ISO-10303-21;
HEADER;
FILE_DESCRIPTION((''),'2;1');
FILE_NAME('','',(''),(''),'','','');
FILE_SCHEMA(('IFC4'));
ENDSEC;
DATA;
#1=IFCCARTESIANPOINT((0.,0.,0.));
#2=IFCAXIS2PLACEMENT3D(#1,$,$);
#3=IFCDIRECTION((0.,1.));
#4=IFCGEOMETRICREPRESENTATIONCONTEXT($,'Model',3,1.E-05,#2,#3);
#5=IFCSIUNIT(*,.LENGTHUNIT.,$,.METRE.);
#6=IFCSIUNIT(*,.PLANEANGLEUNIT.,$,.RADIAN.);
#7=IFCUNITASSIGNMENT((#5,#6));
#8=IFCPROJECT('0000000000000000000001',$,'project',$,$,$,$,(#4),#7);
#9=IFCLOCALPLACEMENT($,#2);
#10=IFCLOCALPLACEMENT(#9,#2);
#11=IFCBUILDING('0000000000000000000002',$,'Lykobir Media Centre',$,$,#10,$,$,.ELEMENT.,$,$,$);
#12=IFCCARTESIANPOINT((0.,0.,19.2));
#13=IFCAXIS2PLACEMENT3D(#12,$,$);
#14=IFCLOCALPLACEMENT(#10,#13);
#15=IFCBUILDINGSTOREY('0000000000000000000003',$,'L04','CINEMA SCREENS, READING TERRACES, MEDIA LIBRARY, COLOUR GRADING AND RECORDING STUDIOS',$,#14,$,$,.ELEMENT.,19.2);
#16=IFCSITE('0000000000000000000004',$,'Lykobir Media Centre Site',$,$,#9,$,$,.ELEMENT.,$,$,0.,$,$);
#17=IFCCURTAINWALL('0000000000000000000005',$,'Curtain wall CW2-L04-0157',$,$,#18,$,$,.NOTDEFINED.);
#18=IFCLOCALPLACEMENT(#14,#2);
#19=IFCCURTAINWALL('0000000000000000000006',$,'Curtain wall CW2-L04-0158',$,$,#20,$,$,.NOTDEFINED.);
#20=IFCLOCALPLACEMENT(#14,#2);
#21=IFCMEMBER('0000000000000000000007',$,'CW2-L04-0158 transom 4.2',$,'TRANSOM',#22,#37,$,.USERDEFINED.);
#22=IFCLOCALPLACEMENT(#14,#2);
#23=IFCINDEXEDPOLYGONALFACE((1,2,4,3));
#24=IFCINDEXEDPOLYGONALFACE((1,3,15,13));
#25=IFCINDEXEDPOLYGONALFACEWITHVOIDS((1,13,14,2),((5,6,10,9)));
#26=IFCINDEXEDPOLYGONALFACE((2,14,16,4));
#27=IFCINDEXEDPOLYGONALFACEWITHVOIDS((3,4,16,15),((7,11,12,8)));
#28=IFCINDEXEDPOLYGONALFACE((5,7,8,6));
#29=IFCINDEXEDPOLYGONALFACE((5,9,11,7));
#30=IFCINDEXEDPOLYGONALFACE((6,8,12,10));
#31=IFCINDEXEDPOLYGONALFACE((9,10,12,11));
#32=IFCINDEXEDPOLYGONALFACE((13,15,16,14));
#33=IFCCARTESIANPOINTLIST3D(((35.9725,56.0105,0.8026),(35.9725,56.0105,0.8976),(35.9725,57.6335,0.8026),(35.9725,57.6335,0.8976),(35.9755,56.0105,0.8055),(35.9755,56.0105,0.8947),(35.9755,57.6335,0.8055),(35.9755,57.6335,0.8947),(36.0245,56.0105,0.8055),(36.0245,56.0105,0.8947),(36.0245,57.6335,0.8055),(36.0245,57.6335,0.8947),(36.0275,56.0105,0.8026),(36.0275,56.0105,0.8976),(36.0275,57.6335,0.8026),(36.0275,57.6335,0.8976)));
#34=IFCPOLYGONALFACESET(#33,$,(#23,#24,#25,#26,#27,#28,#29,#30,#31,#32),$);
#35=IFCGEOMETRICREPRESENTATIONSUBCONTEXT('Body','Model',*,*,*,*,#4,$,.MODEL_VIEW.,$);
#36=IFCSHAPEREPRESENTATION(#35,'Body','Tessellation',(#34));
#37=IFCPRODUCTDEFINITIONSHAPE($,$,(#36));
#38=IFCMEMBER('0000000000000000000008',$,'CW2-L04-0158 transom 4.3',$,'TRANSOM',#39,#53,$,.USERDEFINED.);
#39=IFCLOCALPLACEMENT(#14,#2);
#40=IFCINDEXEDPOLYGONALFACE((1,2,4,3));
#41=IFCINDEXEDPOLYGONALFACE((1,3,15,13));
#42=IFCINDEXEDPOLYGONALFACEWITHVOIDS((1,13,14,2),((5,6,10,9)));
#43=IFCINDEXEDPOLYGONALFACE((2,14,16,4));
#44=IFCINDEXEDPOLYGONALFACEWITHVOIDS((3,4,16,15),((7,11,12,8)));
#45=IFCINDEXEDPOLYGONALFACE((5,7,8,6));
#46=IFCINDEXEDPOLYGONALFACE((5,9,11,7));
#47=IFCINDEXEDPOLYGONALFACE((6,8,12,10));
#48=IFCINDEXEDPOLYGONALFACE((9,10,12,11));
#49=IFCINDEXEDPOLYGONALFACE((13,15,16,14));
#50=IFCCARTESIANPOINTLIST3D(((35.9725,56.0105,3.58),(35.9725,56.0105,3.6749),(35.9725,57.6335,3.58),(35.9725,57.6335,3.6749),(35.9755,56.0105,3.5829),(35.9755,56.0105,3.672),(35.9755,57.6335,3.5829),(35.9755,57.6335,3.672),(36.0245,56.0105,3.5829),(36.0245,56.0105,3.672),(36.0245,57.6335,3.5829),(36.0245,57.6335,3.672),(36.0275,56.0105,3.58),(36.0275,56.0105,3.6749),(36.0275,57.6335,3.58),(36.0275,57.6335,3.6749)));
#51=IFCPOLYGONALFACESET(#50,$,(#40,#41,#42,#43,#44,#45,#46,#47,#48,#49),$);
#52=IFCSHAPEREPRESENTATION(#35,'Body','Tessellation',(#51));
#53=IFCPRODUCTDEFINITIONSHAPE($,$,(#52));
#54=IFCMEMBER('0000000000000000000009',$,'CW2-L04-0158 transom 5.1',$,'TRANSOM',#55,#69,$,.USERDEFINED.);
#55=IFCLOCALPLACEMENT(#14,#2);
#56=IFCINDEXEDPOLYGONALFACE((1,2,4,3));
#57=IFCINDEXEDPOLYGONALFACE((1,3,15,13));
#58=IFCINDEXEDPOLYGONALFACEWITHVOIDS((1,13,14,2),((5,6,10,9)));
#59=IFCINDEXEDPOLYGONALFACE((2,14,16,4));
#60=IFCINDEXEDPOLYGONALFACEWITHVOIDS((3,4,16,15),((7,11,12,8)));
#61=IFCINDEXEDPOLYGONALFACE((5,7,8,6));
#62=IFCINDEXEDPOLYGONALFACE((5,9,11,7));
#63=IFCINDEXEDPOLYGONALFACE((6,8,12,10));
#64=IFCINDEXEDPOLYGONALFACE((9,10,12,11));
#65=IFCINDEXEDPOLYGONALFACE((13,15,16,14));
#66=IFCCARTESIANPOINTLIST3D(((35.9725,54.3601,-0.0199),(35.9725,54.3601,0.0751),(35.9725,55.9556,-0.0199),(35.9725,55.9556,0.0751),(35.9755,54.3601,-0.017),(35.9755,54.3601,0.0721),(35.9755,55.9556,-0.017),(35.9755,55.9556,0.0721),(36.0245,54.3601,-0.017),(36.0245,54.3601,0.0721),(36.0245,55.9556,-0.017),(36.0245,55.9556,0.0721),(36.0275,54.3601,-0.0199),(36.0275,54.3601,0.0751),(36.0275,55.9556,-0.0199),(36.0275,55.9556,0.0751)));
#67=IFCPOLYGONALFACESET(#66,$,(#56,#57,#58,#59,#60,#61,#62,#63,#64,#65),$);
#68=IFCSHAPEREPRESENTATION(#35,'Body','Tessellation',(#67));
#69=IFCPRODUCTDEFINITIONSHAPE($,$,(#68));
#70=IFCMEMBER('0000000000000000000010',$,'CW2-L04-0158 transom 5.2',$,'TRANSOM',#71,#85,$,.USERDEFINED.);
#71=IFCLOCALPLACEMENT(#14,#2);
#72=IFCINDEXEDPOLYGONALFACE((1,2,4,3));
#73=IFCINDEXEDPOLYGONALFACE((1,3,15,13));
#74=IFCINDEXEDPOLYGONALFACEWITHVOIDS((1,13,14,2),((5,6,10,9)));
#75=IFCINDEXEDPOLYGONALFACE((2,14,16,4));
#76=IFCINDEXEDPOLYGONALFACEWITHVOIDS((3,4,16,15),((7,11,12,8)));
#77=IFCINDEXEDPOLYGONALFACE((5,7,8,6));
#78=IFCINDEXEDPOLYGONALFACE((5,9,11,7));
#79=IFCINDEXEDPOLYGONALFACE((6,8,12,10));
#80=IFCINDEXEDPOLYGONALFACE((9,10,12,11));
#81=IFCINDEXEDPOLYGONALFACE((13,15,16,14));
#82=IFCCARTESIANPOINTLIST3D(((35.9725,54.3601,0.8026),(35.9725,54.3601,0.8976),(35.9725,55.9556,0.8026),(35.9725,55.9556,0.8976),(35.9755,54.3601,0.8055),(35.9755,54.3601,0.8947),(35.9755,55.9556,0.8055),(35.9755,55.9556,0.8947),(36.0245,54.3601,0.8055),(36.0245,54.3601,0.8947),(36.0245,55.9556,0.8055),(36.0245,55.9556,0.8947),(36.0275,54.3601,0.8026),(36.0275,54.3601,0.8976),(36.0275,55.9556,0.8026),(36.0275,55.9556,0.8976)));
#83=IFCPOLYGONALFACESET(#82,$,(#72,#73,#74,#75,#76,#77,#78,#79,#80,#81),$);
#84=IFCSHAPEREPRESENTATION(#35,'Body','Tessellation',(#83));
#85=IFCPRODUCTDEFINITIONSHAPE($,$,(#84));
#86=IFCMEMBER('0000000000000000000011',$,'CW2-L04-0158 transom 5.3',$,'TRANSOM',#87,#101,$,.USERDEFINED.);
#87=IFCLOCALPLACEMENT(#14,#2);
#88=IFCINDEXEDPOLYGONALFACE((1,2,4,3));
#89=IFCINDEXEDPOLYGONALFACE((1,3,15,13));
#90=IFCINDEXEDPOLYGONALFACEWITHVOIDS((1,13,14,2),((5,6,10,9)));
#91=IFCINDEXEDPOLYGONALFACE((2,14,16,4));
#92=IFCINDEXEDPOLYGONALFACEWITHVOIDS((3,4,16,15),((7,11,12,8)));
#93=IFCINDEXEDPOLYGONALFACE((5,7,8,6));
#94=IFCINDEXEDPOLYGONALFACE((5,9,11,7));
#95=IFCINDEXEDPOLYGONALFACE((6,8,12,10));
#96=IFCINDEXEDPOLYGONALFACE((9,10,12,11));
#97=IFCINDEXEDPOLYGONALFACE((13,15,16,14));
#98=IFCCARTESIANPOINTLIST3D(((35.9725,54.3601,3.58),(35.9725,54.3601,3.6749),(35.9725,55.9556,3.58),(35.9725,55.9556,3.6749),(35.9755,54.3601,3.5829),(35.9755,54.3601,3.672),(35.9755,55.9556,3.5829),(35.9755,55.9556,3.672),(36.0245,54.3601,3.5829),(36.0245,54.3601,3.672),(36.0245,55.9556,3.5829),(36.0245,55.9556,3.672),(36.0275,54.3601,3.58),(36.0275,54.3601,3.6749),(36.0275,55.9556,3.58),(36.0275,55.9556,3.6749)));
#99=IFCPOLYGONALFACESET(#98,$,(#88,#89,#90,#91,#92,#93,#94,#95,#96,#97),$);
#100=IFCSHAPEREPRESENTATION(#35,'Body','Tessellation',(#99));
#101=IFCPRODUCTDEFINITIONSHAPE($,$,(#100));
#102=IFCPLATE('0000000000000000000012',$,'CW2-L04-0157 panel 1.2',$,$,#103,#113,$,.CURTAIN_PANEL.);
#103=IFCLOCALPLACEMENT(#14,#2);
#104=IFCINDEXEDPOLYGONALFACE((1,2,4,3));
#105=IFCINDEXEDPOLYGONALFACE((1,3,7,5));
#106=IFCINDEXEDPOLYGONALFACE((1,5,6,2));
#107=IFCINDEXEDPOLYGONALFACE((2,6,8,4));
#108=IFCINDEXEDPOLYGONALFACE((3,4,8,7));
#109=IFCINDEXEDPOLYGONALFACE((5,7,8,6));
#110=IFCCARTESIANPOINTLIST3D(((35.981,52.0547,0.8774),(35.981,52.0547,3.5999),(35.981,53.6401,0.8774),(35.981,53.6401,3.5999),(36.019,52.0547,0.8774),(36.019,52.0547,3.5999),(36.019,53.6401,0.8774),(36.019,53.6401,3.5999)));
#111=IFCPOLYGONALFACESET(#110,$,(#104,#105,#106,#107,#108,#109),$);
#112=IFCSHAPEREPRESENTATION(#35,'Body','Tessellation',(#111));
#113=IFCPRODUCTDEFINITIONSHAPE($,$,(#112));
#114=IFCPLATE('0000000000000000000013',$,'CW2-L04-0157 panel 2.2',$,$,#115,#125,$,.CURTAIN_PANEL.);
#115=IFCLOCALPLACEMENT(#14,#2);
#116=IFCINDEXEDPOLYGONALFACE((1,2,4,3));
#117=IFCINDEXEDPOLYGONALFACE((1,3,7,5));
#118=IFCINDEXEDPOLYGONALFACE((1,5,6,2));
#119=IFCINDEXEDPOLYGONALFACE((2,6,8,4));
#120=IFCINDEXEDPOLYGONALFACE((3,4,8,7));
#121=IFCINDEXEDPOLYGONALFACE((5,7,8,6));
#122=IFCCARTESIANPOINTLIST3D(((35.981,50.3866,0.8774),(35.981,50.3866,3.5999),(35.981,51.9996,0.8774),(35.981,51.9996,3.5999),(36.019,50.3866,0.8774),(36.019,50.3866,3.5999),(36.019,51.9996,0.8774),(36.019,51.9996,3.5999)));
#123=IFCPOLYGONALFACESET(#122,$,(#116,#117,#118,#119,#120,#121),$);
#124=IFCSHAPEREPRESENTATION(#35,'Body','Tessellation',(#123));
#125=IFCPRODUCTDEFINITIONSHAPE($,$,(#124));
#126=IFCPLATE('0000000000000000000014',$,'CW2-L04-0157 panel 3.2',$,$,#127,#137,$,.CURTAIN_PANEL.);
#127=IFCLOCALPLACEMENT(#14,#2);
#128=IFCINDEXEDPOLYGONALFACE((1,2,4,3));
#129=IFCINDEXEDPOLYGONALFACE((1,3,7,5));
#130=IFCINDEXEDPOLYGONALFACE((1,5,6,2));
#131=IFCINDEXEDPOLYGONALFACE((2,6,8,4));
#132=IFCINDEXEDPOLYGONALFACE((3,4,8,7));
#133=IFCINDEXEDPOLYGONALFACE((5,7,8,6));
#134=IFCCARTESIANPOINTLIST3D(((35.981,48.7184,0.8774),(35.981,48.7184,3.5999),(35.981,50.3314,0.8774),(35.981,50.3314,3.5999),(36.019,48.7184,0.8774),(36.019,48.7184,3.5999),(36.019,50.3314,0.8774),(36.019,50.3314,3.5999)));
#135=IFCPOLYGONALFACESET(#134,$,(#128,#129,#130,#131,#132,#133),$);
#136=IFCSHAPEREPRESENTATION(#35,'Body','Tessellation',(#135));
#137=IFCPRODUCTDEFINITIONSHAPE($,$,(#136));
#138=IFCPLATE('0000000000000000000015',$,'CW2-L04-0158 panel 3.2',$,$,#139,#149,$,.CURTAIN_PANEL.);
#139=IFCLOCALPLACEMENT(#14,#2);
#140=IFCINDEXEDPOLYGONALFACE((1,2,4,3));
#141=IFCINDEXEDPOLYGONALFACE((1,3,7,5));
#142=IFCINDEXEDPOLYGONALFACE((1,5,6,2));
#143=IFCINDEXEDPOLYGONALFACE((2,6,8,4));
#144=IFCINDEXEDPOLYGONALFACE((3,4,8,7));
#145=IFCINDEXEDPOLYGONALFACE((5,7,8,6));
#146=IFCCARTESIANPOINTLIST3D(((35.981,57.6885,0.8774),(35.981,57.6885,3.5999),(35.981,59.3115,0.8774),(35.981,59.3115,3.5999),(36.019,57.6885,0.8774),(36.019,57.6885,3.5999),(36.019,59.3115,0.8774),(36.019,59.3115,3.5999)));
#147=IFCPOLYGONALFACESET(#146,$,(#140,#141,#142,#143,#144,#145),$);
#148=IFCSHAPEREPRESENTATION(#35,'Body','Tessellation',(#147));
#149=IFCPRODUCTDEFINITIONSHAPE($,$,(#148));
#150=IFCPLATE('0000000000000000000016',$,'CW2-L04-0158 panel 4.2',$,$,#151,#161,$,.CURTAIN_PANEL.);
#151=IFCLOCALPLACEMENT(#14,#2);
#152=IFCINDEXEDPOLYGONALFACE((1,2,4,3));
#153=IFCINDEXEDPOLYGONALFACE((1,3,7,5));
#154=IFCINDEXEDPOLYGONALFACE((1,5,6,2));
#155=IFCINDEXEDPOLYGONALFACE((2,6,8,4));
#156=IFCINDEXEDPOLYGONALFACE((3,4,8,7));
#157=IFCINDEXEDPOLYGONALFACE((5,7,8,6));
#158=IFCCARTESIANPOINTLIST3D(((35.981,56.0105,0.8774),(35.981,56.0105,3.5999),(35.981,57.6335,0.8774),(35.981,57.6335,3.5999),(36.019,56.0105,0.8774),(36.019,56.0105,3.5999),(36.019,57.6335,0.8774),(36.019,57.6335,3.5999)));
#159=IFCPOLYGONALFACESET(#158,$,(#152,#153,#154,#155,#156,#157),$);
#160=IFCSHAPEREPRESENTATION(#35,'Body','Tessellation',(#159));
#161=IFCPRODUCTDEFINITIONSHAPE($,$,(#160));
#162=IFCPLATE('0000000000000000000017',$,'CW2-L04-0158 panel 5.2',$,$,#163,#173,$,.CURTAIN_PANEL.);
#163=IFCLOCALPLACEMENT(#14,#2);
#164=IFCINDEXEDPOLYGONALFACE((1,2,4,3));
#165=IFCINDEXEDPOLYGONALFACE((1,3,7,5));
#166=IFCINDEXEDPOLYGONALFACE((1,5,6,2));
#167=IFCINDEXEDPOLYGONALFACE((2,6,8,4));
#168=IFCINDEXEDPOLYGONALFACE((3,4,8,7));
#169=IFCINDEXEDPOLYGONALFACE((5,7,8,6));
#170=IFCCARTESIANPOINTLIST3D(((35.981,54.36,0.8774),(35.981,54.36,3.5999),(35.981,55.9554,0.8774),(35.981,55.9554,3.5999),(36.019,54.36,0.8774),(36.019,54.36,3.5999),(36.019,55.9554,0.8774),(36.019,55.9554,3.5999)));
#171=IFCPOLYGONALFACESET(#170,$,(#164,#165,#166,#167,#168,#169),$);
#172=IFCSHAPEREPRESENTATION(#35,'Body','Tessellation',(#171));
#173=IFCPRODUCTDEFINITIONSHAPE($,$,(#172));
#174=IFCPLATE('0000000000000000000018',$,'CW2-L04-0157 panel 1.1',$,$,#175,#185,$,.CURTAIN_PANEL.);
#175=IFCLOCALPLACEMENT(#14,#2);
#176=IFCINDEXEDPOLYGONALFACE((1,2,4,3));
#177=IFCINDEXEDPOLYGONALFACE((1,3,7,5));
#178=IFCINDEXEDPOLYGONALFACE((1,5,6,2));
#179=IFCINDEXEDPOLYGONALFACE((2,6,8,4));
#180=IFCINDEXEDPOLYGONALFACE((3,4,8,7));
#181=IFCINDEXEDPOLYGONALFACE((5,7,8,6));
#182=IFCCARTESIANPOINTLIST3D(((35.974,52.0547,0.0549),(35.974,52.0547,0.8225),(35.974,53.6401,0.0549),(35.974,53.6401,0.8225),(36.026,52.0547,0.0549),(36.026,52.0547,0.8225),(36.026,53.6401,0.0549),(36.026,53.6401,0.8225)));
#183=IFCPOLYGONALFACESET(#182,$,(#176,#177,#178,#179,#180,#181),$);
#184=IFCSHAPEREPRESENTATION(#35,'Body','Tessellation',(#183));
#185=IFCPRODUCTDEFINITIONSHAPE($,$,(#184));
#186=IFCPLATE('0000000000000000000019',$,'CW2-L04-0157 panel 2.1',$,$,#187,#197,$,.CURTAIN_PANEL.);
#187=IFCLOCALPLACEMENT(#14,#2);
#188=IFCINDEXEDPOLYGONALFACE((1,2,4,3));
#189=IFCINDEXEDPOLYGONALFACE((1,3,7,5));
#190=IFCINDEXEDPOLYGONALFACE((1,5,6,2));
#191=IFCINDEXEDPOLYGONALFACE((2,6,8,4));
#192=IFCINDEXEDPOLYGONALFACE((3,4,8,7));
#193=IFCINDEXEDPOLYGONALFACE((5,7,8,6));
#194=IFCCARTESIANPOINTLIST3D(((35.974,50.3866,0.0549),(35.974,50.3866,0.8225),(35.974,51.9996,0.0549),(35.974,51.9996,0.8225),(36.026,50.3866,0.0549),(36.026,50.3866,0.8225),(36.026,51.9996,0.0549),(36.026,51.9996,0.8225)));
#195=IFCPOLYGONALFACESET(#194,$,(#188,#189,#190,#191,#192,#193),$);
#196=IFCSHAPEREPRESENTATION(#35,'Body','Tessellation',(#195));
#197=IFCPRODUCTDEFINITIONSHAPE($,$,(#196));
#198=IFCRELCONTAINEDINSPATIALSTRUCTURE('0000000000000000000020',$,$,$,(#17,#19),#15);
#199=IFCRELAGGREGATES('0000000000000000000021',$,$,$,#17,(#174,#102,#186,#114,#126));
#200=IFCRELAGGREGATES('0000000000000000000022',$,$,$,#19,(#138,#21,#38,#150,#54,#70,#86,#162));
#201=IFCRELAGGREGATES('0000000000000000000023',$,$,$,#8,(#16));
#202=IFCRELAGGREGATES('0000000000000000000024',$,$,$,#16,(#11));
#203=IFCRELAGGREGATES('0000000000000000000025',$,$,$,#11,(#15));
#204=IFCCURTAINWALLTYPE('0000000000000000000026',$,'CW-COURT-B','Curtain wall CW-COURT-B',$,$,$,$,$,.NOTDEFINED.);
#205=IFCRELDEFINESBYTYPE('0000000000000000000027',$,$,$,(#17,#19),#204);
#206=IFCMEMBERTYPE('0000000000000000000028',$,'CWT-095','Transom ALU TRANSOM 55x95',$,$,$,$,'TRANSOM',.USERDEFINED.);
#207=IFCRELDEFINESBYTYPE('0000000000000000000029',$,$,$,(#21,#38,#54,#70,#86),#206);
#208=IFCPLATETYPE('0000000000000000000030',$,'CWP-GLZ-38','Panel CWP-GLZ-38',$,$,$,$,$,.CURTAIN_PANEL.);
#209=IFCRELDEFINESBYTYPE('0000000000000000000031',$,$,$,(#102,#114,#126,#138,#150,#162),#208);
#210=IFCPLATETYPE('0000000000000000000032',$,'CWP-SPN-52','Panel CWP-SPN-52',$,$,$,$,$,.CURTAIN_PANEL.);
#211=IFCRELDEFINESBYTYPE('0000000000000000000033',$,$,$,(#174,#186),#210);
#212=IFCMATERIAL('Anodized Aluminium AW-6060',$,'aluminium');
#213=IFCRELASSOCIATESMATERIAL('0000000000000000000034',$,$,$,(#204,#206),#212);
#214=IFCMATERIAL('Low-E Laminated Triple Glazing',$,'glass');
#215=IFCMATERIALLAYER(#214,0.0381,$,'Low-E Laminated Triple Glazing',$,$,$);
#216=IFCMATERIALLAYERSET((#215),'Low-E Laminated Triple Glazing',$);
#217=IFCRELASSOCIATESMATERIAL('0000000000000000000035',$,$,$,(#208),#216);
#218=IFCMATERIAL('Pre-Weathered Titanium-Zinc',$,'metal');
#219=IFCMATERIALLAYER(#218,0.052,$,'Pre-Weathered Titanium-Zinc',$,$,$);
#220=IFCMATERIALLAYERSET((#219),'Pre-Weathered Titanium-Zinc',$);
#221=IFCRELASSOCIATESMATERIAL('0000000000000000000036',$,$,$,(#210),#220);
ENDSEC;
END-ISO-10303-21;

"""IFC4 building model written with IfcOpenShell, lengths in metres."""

from ifc_helpers import new_model, si_unit, direction, frame, origin, origin_2d, place, context, subcontext, project, spatial, rectangle, hollow_rectangle, extrude, material, layer, layer_set, material_profile, profile_set, type_object, element, aggregate, save


model = new_model("IFC4")

# Units and contexts
model_context = context("Model", 3, precision=1e-05, world=origin(), true_north=direction((0.0, 1.0)))
body_context = subcontext(model_context, "Body", "Model", "MODEL_VIEW")
ifc_project = project(units=[si_unit("LENGTHUNIT", "METRE"), si_unit("PLANEANGLEUNIT", "RADIAN")], contexts=[model_context])

# Site, building, storey
site_placement = place(None, origin())
site = spatial("IfcSite", under=ifc_project, at=site_placement, Name="Lykobir Media Centre Site", CompositionType="ELEMENT", RefElevation=0.0)
building_placement = place(site_placement, origin())
building = spatial("IfcBuilding", under=site, at=building_placement, Name="Lykobir Media Centre", CompositionType="ELEMENT")
storey_placement = place(building_placement, frame((0.0, 0.0, 19.2)))
storey = spatial("IfcBuildingStorey", under=building, at=storey_placement, Name="L04", Description="CINEMA SCREENS, READING TERRACES, MEDIA LIBRARY, COLOUR GRADING AND RECORDING STUDIOS", CompositionType="ELEMENT", Elevation=19.2)

# Curtain walls
ifc_material_1 = material(Name="Anodized Aluminium AW-6060", Category="aluminium")
curtain_wall_type = type_object("IfcCurtainWallType", Name="CW-COURT-B", Description="Curtain wall CW-COURT-B", PredefinedType="NOTDEFINED", material=ifc_material_1)
curtain_wall_1_placement = place(storey_placement, origin())
curtain_wall_1 = element("IfcCurtainWall", 1, at=curtain_wall_1_placement, inside=storey, type_object=curtain_wall_type, Name="Curtain wall CW2-L04-0157", PredefinedType="NOTDEFINED")
curtain_wall_2_placement = place(storey_placement, origin())
curtain_wall_2 = element("IfcCurtainWall", 2, at=curtain_wall_2_placement, inside=storey, type_object=curtain_wall_type, Name="Curtain wall CW2-L04-0158", PredefinedType="NOTDEFINED")

# Members
ifc_material_profile_1 = material_profile(ifc_material_1, hollow_rectangle(XDim=0.0549, YDim=0.095, WallThickness=0.0029, at=origin_2d()), Name="ALU TRANSOM 55x95")
ifc_profile_set_1 = profile_set([ifc_material_profile_1], Name="Anodized Aluminium AW-6060")
member_type_1 = type_object("IfcMemberType", Name="CWT-095", Description="Transom ALU TRANSOM 55x95", ElementType="TRANSOM", PredefinedType="USERDEFINED", material=ifc_profile_set_1)
member_1_placement = place(storey_placement, frame((36.0, 57.6335, 0.8501), z_axis=(0.0, -1.0, 0.0), x_axis=(1.0, 0.0, 0.0)))
member_1 = element("IfcMember", 3, at=member_1_placement, type_object=member_type_1, Name="CW2-L04-0158 transom 4.2", ObjectType="TRANSOM", PredefinedType="USERDEFINED", context=body_context, shape_type="SweptSolid", body=[
    extrude(hollow_rectangle(XDim=0.0549, YDim=0.095, WallThickness=0.0029, at=origin_2d()), origin(), (0.0, 0.0, 1.0), 1.623),
])
member_2_placement = place(storey_placement, frame((36.0, 57.6335, 3.6274), z_axis=(0.0, -1.0, 0.0), x_axis=(1.0, 0.0, 0.0)))
member_2 = element("IfcMember", 4, at=member_2_placement, type_object=member_type_1, Name="CW2-L04-0158 transom 4.3", ObjectType="TRANSOM", PredefinedType="USERDEFINED", context=body_context, shape_type="SweptSolid", body=[
    extrude(hollow_rectangle(XDim=0.0549, YDim=0.095, WallThickness=0.0029, at=origin_2d()), origin(), (0.0, 0.0, 1.0), 1.623),
])
member_3_placement = place(storey_placement, frame((36.0, 55.9556, 0.0276), z_axis=(0.0, -1.0, 0.0), x_axis=(1.0, 0.0, 0.0)))
member_3 = element("IfcMember", 5, at=member_3_placement, type_object=member_type_1, Name="CW2-L04-0158 transom 5.1", ObjectType="TRANSOM", PredefinedType="USERDEFINED", context=body_context, shape_type="SweptSolid", body=[
    extrude(hollow_rectangle(XDim=0.0549, YDim=0.095, WallThickness=0.0029, at=origin_2d()), origin(), (0.0, 0.0, 1.0), 1.5955),
])
member_4_placement = place(storey_placement, frame((36.0, 55.9556, 0.8501), z_axis=(0.0, -1.0, 0.0), x_axis=(1.0, 0.0, 0.0)))
member_4 = element("IfcMember", 6, at=member_4_placement, type_object=member_type_1, Name="CW2-L04-0158 transom 5.2", ObjectType="TRANSOM", PredefinedType="USERDEFINED", context=body_context, shape_type="SweptSolid", body=[
    extrude(hollow_rectangle(XDim=0.0549, YDim=0.095, WallThickness=0.0029, at=origin_2d()), origin(), (0.0, 0.0, 1.0), 1.5955),
])
member_5_placement = place(storey_placement, frame((36.0, 55.9556, 3.6274), z_axis=(0.0, -1.0, 0.0), x_axis=(1.0, 0.0, 0.0)))
member_5 = element("IfcMember", 7, at=member_5_placement, type_object=member_type_1, Name="CW2-L04-0158 transom 5.3", ObjectType="TRANSOM", PredefinedType="USERDEFINED", context=body_context, shape_type="SweptSolid", body=[
    extrude(hollow_rectangle(XDim=0.0549, YDim=0.095, WallThickness=0.0029, at=origin_2d()), origin(), (0.0, 0.0, 1.0), 1.5955),
])

# Plates
ifc_material_2 = material(Name="Low-E Laminated Triple Glazing", Category="glass")
ifc_layer_1 = layer(ifc_material_2, 0.0381, Name="Low-E Laminated Triple Glazing")
ifc_layer_set_1 = layer_set([ifc_layer_1], Name="Low-E Laminated Triple Glazing")
plate_type_1 = type_object("IfcPlateType", Name="CWP-GLZ-38", Description="Panel CWP-GLZ-38", PredefinedType="CURTAIN_PANEL", material=ifc_layer_set_1)
plate_1_placement = place(storey_placement, frame((36.0, 52.8474, 0.8774), z_axis=(0.0, 0.0, 1.0), x_axis=(0.0, -1.0, 0.0)))
plate_1 = element("IfcPlate", 8, at=plate_1_placement, type_object=plate_type_1, Name="CW2-L04-0157 panel 1.2", PredefinedType="CURTAIN_PANEL", context=body_context, shape_type="SweptSolid", body=[
    extrude(rectangle(XDim=1.5854, YDim=0.0381, at=origin_2d()), origin(), (0.0, 0.0, 1.0), 2.7224),
])
plate_2_placement = place(storey_placement, frame((36.0, 51.1931, 0.8774), z_axis=(0.0, 0.0, 1.0), x_axis=(0.0, -1.0, 0.0)))
plate_2 = element("IfcPlate", 9, at=plate_2_placement, type_object=plate_type_1, Name="CW2-L04-0157 panel 2.2", PredefinedType="CURTAIN_PANEL", context=body_context, shape_type="SweptSolid", body=[
    extrude(rectangle(XDim=1.613, YDim=0.0381, at=origin_2d()), origin(), (0.0, 0.0, 1.0), 2.7224),
])
plate_3_placement = place(storey_placement, frame((36.0, 49.5249, 0.8774), z_axis=(0.0, 0.0, 1.0), x_axis=(0.0, -1.0, 0.0)))
plate_3 = element("IfcPlate", 10, at=plate_3_placement, type_object=plate_type_1, Name="CW2-L04-0157 panel 3.2", PredefinedType="CURTAIN_PANEL", context=body_context, shape_type="SweptSolid", body=[
    extrude(rectangle(XDim=1.613, YDim=0.0381, at=origin_2d()), origin(), (0.0, 0.0, 1.0), 2.7224),
])
plate_4_placement = place(storey_placement, frame((36.0, 58.5, 0.8774), z_axis=(0.0, 0.0, 1.0), x_axis=(0.0, -1.0, 0.0)))
plate_4 = element("IfcPlate", 11, at=plate_4_placement, type_object=plate_type_1, Name="CW2-L04-0158 panel 3.2", PredefinedType="CURTAIN_PANEL", context=body_context, shape_type="SweptSolid", body=[
    extrude(rectangle(XDim=1.623, YDim=0.0381, at=origin_2d()), origin(), (0.0, 0.0, 1.0), 2.7224),
])
plate_5_placement = place(storey_placement, frame((36.0, 56.822, 0.8774), z_axis=(0.0, 0.0, 1.0), x_axis=(0.0, -1.0, 0.0)))
plate_5 = element("IfcPlate", 12, at=plate_5_placement, type_object=plate_type_1, Name="CW2-L04-0158 panel 4.2", PredefinedType="CURTAIN_PANEL", context=body_context, shape_type="SweptSolid", body=[
    extrude(rectangle(XDim=1.623, YDim=0.0381, at=origin_2d()), origin(), (0.0, 0.0, 1.0), 2.7224),
])
plate_6_placement = place(storey_placement, frame((36.0, 55.1577, 0.8774), z_axis=(0.0, 0.0, 1.0), x_axis=(0.0, -1.0, 0.0)))
plate_6 = element("IfcPlate", 13, at=plate_6_placement, type_object=plate_type_1, Name="CW2-L04-0158 panel 5.2", PredefinedType="CURTAIN_PANEL", context=body_context, shape_type="SweptSolid", body=[
    extrude(rectangle(XDim=1.5955, YDim=0.0381, at=origin_2d()), origin(), (0.0, 0.0, 1.0), 2.7224),
])
ifc_material_3 = material(Name="Pre-Weathered Titanium-Zinc", Category="metal")
ifc_layer_2 = layer(ifc_material_3, 0.052, Name="Pre-Weathered Titanium-Zinc")
ifc_layer_set_2 = layer_set([ifc_layer_2], Name="Pre-Weathered Titanium-Zinc")
plate_type_2 = type_object("IfcPlateType", Name="CWP-SPN-52", Description="Panel CWP-SPN-52", PredefinedType="CURTAIN_PANEL", material=ifc_layer_set_2)
plate_7_placement = place(storey_placement, frame((36.0, 52.8474, 0.0549), z_axis=(0.0, 0.0, 1.0), x_axis=(0.0, -1.0, 0.0)))
plate_7 = element("IfcPlate", 14, at=plate_7_placement, type_object=plate_type_2, Name="CW2-L04-0157 panel 1.1", PredefinedType="CURTAIN_PANEL", context=body_context, shape_type="SweptSolid", body=[
    extrude(rectangle(XDim=1.5854, YDim=0.052, at=origin_2d()), origin(), (0.0, 0.0, 1.0), 0.7676),
])
plate_8_placement = place(storey_placement, frame((36.0, 51.1931, 0.0549), z_axis=(0.0, 0.0, 1.0), x_axis=(0.0, -1.0, 0.0)))
plate_8 = element("IfcPlate", 15, at=plate_8_placement, type_object=plate_type_2, Name="CW2-L04-0157 panel 2.1", PredefinedType="CURTAIN_PANEL", context=body_context, shape_type="SweptSolid", body=[
    extrude(rectangle(XDim=1.613, YDim=0.052, at=origin_2d()), origin(), (0.0, 0.0, 1.0), 0.7676),
])
aggregate(curtain_wall_1, [plate_7, plate_1, plate_8, plate_2, plate_3])
aggregate(curtain_wall_2, [plate_4, member_1, member_2, plate_5, member_3, member_4, member_5, plate_6])

save(model, "model.ifc")
